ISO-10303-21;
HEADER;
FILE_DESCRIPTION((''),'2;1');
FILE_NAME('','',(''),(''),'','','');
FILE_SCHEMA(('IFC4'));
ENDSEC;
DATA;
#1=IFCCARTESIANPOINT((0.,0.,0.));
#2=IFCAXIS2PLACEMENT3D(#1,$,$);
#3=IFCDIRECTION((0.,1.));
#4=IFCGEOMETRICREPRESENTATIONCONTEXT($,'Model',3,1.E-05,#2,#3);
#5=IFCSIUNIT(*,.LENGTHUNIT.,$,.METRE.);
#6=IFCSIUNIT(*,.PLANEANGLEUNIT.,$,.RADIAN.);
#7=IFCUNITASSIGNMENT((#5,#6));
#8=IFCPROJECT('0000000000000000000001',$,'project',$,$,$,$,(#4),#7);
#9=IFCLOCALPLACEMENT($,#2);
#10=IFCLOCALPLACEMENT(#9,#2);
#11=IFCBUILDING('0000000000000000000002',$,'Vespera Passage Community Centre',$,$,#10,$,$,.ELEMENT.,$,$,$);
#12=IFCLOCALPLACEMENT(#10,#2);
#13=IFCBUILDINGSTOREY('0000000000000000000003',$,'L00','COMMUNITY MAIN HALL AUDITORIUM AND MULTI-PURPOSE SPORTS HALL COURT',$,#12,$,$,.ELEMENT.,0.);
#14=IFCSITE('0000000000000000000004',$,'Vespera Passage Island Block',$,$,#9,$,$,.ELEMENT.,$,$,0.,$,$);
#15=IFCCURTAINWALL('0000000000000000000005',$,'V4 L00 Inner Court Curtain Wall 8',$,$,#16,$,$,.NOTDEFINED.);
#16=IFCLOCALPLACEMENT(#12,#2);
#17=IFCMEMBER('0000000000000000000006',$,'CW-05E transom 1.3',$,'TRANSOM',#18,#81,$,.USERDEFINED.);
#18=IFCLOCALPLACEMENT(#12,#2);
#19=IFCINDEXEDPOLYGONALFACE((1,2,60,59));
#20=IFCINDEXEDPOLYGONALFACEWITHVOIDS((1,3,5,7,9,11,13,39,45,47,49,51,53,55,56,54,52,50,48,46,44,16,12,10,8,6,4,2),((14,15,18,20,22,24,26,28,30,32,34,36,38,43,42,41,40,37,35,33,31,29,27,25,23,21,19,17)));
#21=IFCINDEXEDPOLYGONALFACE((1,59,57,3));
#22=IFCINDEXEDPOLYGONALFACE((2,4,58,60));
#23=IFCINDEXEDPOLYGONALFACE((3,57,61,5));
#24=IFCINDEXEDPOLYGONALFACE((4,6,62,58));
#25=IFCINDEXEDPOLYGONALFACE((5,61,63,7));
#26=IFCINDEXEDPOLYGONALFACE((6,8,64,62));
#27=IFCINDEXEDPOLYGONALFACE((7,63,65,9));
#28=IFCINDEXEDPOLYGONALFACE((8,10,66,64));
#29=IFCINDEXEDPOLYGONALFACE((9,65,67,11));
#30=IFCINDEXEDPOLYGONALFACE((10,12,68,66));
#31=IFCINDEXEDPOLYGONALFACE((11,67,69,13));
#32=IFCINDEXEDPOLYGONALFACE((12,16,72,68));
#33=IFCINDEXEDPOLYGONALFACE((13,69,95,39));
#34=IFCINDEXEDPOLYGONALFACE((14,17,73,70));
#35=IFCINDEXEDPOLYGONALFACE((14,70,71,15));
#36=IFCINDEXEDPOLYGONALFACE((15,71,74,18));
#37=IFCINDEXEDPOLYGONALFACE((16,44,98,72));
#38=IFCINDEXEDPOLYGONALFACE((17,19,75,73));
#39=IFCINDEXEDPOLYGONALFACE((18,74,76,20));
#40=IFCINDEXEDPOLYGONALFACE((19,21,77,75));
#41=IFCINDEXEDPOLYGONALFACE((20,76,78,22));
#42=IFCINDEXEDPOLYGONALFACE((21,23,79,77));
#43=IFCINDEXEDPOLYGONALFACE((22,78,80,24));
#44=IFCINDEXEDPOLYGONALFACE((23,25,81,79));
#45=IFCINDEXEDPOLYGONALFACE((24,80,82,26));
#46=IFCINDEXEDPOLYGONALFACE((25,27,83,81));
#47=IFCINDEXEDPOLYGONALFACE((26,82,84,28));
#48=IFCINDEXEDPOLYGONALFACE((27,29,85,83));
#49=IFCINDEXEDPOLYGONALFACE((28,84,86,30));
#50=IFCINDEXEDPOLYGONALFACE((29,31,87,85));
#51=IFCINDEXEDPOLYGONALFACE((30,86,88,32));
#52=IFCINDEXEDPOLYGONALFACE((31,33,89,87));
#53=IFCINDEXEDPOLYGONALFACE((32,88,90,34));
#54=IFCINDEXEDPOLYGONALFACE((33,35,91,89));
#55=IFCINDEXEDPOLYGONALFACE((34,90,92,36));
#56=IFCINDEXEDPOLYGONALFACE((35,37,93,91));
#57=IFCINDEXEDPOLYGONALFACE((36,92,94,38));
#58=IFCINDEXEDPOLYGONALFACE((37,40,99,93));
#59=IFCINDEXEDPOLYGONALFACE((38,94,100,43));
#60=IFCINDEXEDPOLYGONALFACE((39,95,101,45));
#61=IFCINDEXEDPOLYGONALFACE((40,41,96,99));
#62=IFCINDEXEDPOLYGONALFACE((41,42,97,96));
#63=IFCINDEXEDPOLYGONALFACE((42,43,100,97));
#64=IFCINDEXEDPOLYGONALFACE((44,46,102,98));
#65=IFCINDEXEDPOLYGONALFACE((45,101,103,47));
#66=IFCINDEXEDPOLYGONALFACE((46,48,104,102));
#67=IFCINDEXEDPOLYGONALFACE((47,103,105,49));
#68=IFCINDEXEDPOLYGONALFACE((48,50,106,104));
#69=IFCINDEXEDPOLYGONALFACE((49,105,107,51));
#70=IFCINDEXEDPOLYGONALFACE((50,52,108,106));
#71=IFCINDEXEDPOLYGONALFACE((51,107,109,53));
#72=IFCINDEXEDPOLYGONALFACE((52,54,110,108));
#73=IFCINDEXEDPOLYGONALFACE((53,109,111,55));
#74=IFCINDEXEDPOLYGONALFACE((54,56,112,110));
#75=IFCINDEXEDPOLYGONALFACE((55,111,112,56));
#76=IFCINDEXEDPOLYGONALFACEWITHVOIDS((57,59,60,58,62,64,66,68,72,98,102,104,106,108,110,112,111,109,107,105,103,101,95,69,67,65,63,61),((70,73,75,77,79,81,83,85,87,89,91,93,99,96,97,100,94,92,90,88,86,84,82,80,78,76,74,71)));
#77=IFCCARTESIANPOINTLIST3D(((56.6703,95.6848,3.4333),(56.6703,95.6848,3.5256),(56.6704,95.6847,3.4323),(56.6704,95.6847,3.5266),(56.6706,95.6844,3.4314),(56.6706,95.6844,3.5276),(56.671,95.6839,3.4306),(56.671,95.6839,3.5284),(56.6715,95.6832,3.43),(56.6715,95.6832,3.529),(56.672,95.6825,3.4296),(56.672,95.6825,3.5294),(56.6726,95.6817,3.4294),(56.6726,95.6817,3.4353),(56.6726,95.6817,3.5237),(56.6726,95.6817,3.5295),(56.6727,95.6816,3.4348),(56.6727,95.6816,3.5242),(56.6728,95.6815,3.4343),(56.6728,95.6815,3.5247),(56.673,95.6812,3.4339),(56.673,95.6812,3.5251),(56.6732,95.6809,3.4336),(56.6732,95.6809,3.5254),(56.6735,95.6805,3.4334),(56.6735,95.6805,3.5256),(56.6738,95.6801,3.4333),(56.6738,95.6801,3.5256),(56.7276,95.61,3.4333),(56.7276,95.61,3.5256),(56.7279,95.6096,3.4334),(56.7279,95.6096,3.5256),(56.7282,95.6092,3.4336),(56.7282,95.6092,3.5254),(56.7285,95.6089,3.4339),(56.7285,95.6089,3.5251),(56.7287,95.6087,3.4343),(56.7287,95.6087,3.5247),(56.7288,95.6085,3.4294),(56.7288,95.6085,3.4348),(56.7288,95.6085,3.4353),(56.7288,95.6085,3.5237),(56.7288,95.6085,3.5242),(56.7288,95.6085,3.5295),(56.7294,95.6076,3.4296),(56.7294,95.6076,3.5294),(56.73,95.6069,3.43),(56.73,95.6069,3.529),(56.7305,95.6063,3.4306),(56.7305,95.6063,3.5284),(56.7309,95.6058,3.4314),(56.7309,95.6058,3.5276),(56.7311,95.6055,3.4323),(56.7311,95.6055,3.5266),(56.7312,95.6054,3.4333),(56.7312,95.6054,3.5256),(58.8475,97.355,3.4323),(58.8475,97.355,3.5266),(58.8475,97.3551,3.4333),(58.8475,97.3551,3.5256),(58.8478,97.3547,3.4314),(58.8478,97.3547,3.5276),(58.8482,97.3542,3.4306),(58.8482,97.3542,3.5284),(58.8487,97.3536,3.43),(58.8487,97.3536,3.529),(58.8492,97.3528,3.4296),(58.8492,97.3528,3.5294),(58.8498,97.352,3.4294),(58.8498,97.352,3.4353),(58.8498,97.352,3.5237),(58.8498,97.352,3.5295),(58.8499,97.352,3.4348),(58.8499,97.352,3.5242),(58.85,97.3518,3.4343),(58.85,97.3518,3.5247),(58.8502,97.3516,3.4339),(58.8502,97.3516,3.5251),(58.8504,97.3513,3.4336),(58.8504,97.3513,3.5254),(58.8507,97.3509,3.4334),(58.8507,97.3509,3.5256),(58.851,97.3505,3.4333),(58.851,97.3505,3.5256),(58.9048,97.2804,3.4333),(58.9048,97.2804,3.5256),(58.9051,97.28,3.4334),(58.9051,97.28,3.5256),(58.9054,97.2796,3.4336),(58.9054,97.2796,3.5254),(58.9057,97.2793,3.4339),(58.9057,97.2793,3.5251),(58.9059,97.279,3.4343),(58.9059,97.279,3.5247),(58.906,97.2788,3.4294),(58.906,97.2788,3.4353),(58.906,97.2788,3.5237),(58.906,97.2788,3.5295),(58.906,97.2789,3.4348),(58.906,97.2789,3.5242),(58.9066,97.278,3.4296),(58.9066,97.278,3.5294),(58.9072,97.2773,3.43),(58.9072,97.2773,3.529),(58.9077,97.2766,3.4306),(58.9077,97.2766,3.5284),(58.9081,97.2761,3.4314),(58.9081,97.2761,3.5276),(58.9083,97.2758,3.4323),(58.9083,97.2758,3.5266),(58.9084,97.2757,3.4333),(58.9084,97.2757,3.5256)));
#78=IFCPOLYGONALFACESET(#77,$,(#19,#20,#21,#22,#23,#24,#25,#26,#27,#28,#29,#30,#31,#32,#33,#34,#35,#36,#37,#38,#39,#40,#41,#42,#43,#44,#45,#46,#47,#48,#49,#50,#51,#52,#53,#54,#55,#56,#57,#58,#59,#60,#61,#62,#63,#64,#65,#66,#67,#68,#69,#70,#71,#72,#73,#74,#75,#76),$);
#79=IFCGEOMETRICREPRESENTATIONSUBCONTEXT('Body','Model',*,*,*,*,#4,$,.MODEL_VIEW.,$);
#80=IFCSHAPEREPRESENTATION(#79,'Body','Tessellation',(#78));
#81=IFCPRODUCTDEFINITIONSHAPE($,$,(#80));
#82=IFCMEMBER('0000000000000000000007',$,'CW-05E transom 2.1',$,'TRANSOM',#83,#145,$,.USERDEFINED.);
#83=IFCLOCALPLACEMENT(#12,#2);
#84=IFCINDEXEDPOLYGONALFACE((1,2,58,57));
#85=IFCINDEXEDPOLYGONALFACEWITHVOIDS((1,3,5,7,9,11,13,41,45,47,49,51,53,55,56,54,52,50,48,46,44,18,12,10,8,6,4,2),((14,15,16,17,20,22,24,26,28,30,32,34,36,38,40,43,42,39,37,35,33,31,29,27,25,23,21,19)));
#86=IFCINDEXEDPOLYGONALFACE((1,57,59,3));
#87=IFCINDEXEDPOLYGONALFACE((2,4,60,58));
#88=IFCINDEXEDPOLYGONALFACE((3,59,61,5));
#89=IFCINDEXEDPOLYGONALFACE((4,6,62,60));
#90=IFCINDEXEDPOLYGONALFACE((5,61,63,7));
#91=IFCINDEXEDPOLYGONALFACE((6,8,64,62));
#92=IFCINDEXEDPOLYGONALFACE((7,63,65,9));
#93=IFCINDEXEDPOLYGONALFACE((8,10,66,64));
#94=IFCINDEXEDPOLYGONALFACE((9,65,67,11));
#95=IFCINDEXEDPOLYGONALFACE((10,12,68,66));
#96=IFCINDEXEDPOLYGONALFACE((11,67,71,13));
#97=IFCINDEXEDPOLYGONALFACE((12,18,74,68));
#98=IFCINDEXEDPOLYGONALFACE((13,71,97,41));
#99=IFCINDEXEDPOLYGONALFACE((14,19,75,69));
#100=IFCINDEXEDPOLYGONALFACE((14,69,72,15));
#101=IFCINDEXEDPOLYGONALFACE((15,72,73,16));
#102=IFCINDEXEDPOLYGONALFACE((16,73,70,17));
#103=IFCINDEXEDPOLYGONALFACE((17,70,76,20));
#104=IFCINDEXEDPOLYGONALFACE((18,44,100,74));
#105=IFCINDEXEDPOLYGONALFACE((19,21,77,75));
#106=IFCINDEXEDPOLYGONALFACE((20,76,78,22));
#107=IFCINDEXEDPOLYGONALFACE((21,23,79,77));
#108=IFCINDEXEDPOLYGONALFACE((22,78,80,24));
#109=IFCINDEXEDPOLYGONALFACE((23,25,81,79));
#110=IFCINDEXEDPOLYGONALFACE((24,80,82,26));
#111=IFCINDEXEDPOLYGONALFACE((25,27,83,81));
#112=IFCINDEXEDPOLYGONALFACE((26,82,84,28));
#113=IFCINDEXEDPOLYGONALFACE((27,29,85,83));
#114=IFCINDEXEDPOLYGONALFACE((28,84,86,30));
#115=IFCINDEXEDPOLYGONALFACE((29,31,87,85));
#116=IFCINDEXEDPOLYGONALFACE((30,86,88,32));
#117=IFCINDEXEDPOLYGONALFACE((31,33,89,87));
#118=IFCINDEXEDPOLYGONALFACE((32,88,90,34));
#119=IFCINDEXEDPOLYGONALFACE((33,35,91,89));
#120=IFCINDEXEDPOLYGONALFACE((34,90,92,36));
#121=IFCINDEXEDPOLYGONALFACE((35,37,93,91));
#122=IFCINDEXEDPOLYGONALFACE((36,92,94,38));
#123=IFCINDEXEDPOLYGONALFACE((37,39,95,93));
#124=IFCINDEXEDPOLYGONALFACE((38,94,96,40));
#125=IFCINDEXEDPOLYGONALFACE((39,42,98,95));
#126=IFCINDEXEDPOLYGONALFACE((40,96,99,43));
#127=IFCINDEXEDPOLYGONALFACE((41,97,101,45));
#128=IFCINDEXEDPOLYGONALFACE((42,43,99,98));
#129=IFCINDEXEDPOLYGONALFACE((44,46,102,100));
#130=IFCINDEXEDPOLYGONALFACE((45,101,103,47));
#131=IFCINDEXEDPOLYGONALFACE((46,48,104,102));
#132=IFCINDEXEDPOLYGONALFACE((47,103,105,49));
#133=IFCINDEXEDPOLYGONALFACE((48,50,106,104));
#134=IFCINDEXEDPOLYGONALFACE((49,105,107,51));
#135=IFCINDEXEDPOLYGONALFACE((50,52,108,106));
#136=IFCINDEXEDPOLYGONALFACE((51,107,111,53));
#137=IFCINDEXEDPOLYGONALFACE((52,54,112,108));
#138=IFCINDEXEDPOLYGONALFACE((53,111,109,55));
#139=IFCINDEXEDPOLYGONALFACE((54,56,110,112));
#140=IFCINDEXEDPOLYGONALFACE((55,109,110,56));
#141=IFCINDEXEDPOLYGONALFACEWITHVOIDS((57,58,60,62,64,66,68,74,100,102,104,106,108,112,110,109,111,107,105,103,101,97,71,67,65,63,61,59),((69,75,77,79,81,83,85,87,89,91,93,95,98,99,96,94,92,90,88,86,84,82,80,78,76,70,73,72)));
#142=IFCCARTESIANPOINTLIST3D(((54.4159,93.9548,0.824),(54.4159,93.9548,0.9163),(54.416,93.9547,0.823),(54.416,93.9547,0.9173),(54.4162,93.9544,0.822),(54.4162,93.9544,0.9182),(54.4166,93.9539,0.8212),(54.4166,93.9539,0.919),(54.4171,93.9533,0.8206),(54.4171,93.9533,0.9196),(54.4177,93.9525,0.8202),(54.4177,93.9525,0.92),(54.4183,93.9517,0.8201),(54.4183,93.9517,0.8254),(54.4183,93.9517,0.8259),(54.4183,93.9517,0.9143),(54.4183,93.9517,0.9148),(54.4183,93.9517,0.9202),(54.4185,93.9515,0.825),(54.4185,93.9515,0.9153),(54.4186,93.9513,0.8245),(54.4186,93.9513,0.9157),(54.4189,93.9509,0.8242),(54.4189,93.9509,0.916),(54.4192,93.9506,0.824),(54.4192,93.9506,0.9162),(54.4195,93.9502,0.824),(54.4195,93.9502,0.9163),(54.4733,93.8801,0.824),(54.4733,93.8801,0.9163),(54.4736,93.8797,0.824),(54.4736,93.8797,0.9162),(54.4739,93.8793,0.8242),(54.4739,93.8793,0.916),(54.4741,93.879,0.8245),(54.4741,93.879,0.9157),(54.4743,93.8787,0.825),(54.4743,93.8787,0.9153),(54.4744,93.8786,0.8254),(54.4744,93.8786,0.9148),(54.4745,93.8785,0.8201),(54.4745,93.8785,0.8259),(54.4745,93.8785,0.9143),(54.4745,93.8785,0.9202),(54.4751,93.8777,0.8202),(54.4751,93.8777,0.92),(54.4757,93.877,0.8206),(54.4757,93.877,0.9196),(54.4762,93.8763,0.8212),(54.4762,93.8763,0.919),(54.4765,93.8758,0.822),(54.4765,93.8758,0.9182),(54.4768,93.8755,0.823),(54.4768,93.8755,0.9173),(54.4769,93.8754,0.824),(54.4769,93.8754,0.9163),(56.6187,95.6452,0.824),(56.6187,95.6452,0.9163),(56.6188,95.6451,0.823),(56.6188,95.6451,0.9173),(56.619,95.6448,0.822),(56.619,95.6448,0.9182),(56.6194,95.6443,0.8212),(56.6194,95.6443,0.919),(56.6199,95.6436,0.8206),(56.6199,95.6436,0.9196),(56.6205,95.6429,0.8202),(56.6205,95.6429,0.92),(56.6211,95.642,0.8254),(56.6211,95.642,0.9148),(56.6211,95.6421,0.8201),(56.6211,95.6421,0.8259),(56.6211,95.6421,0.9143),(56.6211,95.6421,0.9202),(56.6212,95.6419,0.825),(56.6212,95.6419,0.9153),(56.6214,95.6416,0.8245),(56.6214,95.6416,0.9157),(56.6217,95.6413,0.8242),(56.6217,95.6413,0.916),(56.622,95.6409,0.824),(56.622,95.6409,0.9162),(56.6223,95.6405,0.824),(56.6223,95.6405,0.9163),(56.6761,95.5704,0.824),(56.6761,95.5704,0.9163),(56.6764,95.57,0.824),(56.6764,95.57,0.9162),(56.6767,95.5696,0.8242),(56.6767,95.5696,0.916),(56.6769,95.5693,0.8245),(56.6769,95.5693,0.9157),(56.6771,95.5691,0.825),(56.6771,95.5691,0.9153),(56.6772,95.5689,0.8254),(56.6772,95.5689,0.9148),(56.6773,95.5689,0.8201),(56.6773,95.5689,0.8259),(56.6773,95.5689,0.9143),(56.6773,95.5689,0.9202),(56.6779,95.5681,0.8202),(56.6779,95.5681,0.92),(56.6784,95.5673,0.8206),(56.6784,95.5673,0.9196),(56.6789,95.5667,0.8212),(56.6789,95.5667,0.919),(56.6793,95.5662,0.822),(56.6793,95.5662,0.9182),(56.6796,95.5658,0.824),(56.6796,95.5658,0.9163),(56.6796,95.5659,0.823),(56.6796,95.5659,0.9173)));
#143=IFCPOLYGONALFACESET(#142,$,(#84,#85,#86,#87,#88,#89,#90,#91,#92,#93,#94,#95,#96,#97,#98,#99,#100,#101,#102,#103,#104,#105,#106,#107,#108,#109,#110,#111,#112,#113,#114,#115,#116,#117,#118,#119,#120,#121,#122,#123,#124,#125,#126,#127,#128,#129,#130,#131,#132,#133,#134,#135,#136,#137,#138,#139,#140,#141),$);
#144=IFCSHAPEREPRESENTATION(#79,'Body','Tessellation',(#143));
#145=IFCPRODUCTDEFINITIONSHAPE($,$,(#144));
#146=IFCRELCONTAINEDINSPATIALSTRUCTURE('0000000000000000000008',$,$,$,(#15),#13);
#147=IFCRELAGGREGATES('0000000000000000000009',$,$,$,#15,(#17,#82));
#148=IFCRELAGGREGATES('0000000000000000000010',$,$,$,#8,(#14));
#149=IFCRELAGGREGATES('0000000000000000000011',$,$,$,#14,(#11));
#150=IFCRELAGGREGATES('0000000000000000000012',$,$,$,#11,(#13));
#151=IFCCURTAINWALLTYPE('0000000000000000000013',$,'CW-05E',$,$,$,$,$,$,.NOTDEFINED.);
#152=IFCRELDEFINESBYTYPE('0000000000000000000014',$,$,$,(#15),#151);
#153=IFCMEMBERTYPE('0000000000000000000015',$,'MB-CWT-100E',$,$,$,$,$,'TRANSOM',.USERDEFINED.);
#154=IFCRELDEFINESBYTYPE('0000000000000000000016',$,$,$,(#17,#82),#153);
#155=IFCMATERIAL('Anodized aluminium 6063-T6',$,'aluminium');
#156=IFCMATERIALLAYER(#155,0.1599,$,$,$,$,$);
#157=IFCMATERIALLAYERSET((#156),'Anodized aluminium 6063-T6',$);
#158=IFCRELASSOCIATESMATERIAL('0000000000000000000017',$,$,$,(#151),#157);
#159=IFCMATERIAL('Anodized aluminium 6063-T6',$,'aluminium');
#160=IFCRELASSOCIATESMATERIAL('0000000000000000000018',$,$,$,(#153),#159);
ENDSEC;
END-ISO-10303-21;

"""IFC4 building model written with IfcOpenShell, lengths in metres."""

from ifc_helpers import new_model, si_unit, direction, frame, origin, origin_2d, place, context, subcontext, project, spatial, hollow_rectangle, extrude, material, layer, layer_set, material_profile, profile_set, type_object, element, aggregate, save


model = new_model("IFC4")

# Units and contexts
model_context = context("Model", 3, precision=1e-05, world=origin(), true_north=direction((0.0, 1.0)))
body_context = subcontext(model_context, "Body", "Model", "MODEL_VIEW")
ifc_project = project(units=[si_unit("LENGTHUNIT", "METRE"), si_unit("PLANEANGLEUNIT", "RADIAN")], contexts=[model_context])

# Site, building, storey
site_placement = place(None, origin())
site = spatial("IfcSite", under=ifc_project, at=site_placement, Name="Vespera Passage Island Block", CompositionType="ELEMENT", RefElevation=0.0)
building_placement = place(site_placement, origin())
building = spatial("IfcBuilding", under=site, at=building_placement, Name="Vespera Passage Community Centre", CompositionType="ELEMENT")
storey_placement = place(building_placement, origin())
storey = spatial("IfcBuildingStorey", under=building, at=storey_placement, Name="L00", Description="COMMUNITY MAIN HALL AUDITORIUM AND MULTI-PURPOSE SPORTS HALL COURT", CompositionType="ELEMENT", Elevation=0.0)

# Curtain wall, members
ifc_material_1 = material(Name="Anodized aluminium 6063-T6", Category="aluminium")
ifc_layer_1 = layer(ifc_material_1, 0.1599)
ifc_layer_set_1 = layer_set([ifc_layer_1], Name="Anodized aluminium 6063-T6")
curtain_wall_type = type_object("IfcCurtainWallType", Name="CW-05E", PredefinedType="NOTDEFINED", material=ifc_layer_set_1)
curtain_wall_placement = place(storey_placement, origin())
curtain_wall = element("IfcCurtainWall", 1, at=curtain_wall_placement, inside=storey, type_object=curtain_wall_type, Name="V4 L00 Inner Court Curtain Wall 8", PredefinedType="NOTDEFINED")
ifc_material_2 = material(Name="Anodized aluminium 6063-T6", Category="aluminium")
ifc_material_profile_1 = material_profile(ifc_material_2, hollow_rectangle(XDim=0.1001, YDim=0.1001, WallThickness=0.0039, InnerFilletRadius=0.002, OuterFilletRadius=0.0039, at=origin_2d()), Name="ALU100X100X4")
ifc_profile_set_1 = profile_set([ifc_material_profile_1], Name="Anodized aluminium 6063-T6")
member_type_1 = type_object("IfcMemberType", Name="MB-CWT-100E", ElementType="TRANSOM", PredefinedType="USERDEFINED", material=ifc_profile_set_1)
member_1_placement = place(storey_placement, frame((58.8779, 97.3154, 3.4795), z_axis=(-0.793397, -0.608704, 0.0), x_axis=(0.608704, -0.793397, 0.0)))
member_1 = element("IfcMember", 2, at=member_1_placement, type_object=member_type_1, Name="CW-05E transom 1.3", ObjectType="TRANSOM", PredefinedType="USERDEFINED", context=body_context, shape_type="SweptSolid", body=[
    extrude(hollow_rectangle(XDim=0.1001, YDim=0.1001, WallThickness=0.0039, InnerFilletRadius=0.002, OuterFilletRadius=0.0039, at=origin_2d()), origin(), (0.0, 0.0, 1.0), 2.7441),
])
member_2_placement = place(storey_placement, frame((56.6492, 95.6055, 0.8701), z_axis=(-0.793336, -0.608784, 0.0), x_axis=(0.608784, -0.793336, 0.0)))
member_2 = element("IfcMember", 3, at=member_2_placement, type_object=member_type_1, Name="CW-05E transom 2.1", ObjectType="TRANSOM", PredefinedType="USERDEFINED", context=body_context, shape_type="SweptSolid", body=[
    extrude(hollow_rectangle(XDim=0.1001, YDim=0.1001, WallThickness=0.0039, InnerFilletRadius=0.002, OuterFilletRadius=0.0039, at=origin_2d()), origin(), (0.0, 0.0, 1.0), 2.7766),
])
aggregate(curtain_wall, [member_1, member_2])

save(model, "model.ifc")
